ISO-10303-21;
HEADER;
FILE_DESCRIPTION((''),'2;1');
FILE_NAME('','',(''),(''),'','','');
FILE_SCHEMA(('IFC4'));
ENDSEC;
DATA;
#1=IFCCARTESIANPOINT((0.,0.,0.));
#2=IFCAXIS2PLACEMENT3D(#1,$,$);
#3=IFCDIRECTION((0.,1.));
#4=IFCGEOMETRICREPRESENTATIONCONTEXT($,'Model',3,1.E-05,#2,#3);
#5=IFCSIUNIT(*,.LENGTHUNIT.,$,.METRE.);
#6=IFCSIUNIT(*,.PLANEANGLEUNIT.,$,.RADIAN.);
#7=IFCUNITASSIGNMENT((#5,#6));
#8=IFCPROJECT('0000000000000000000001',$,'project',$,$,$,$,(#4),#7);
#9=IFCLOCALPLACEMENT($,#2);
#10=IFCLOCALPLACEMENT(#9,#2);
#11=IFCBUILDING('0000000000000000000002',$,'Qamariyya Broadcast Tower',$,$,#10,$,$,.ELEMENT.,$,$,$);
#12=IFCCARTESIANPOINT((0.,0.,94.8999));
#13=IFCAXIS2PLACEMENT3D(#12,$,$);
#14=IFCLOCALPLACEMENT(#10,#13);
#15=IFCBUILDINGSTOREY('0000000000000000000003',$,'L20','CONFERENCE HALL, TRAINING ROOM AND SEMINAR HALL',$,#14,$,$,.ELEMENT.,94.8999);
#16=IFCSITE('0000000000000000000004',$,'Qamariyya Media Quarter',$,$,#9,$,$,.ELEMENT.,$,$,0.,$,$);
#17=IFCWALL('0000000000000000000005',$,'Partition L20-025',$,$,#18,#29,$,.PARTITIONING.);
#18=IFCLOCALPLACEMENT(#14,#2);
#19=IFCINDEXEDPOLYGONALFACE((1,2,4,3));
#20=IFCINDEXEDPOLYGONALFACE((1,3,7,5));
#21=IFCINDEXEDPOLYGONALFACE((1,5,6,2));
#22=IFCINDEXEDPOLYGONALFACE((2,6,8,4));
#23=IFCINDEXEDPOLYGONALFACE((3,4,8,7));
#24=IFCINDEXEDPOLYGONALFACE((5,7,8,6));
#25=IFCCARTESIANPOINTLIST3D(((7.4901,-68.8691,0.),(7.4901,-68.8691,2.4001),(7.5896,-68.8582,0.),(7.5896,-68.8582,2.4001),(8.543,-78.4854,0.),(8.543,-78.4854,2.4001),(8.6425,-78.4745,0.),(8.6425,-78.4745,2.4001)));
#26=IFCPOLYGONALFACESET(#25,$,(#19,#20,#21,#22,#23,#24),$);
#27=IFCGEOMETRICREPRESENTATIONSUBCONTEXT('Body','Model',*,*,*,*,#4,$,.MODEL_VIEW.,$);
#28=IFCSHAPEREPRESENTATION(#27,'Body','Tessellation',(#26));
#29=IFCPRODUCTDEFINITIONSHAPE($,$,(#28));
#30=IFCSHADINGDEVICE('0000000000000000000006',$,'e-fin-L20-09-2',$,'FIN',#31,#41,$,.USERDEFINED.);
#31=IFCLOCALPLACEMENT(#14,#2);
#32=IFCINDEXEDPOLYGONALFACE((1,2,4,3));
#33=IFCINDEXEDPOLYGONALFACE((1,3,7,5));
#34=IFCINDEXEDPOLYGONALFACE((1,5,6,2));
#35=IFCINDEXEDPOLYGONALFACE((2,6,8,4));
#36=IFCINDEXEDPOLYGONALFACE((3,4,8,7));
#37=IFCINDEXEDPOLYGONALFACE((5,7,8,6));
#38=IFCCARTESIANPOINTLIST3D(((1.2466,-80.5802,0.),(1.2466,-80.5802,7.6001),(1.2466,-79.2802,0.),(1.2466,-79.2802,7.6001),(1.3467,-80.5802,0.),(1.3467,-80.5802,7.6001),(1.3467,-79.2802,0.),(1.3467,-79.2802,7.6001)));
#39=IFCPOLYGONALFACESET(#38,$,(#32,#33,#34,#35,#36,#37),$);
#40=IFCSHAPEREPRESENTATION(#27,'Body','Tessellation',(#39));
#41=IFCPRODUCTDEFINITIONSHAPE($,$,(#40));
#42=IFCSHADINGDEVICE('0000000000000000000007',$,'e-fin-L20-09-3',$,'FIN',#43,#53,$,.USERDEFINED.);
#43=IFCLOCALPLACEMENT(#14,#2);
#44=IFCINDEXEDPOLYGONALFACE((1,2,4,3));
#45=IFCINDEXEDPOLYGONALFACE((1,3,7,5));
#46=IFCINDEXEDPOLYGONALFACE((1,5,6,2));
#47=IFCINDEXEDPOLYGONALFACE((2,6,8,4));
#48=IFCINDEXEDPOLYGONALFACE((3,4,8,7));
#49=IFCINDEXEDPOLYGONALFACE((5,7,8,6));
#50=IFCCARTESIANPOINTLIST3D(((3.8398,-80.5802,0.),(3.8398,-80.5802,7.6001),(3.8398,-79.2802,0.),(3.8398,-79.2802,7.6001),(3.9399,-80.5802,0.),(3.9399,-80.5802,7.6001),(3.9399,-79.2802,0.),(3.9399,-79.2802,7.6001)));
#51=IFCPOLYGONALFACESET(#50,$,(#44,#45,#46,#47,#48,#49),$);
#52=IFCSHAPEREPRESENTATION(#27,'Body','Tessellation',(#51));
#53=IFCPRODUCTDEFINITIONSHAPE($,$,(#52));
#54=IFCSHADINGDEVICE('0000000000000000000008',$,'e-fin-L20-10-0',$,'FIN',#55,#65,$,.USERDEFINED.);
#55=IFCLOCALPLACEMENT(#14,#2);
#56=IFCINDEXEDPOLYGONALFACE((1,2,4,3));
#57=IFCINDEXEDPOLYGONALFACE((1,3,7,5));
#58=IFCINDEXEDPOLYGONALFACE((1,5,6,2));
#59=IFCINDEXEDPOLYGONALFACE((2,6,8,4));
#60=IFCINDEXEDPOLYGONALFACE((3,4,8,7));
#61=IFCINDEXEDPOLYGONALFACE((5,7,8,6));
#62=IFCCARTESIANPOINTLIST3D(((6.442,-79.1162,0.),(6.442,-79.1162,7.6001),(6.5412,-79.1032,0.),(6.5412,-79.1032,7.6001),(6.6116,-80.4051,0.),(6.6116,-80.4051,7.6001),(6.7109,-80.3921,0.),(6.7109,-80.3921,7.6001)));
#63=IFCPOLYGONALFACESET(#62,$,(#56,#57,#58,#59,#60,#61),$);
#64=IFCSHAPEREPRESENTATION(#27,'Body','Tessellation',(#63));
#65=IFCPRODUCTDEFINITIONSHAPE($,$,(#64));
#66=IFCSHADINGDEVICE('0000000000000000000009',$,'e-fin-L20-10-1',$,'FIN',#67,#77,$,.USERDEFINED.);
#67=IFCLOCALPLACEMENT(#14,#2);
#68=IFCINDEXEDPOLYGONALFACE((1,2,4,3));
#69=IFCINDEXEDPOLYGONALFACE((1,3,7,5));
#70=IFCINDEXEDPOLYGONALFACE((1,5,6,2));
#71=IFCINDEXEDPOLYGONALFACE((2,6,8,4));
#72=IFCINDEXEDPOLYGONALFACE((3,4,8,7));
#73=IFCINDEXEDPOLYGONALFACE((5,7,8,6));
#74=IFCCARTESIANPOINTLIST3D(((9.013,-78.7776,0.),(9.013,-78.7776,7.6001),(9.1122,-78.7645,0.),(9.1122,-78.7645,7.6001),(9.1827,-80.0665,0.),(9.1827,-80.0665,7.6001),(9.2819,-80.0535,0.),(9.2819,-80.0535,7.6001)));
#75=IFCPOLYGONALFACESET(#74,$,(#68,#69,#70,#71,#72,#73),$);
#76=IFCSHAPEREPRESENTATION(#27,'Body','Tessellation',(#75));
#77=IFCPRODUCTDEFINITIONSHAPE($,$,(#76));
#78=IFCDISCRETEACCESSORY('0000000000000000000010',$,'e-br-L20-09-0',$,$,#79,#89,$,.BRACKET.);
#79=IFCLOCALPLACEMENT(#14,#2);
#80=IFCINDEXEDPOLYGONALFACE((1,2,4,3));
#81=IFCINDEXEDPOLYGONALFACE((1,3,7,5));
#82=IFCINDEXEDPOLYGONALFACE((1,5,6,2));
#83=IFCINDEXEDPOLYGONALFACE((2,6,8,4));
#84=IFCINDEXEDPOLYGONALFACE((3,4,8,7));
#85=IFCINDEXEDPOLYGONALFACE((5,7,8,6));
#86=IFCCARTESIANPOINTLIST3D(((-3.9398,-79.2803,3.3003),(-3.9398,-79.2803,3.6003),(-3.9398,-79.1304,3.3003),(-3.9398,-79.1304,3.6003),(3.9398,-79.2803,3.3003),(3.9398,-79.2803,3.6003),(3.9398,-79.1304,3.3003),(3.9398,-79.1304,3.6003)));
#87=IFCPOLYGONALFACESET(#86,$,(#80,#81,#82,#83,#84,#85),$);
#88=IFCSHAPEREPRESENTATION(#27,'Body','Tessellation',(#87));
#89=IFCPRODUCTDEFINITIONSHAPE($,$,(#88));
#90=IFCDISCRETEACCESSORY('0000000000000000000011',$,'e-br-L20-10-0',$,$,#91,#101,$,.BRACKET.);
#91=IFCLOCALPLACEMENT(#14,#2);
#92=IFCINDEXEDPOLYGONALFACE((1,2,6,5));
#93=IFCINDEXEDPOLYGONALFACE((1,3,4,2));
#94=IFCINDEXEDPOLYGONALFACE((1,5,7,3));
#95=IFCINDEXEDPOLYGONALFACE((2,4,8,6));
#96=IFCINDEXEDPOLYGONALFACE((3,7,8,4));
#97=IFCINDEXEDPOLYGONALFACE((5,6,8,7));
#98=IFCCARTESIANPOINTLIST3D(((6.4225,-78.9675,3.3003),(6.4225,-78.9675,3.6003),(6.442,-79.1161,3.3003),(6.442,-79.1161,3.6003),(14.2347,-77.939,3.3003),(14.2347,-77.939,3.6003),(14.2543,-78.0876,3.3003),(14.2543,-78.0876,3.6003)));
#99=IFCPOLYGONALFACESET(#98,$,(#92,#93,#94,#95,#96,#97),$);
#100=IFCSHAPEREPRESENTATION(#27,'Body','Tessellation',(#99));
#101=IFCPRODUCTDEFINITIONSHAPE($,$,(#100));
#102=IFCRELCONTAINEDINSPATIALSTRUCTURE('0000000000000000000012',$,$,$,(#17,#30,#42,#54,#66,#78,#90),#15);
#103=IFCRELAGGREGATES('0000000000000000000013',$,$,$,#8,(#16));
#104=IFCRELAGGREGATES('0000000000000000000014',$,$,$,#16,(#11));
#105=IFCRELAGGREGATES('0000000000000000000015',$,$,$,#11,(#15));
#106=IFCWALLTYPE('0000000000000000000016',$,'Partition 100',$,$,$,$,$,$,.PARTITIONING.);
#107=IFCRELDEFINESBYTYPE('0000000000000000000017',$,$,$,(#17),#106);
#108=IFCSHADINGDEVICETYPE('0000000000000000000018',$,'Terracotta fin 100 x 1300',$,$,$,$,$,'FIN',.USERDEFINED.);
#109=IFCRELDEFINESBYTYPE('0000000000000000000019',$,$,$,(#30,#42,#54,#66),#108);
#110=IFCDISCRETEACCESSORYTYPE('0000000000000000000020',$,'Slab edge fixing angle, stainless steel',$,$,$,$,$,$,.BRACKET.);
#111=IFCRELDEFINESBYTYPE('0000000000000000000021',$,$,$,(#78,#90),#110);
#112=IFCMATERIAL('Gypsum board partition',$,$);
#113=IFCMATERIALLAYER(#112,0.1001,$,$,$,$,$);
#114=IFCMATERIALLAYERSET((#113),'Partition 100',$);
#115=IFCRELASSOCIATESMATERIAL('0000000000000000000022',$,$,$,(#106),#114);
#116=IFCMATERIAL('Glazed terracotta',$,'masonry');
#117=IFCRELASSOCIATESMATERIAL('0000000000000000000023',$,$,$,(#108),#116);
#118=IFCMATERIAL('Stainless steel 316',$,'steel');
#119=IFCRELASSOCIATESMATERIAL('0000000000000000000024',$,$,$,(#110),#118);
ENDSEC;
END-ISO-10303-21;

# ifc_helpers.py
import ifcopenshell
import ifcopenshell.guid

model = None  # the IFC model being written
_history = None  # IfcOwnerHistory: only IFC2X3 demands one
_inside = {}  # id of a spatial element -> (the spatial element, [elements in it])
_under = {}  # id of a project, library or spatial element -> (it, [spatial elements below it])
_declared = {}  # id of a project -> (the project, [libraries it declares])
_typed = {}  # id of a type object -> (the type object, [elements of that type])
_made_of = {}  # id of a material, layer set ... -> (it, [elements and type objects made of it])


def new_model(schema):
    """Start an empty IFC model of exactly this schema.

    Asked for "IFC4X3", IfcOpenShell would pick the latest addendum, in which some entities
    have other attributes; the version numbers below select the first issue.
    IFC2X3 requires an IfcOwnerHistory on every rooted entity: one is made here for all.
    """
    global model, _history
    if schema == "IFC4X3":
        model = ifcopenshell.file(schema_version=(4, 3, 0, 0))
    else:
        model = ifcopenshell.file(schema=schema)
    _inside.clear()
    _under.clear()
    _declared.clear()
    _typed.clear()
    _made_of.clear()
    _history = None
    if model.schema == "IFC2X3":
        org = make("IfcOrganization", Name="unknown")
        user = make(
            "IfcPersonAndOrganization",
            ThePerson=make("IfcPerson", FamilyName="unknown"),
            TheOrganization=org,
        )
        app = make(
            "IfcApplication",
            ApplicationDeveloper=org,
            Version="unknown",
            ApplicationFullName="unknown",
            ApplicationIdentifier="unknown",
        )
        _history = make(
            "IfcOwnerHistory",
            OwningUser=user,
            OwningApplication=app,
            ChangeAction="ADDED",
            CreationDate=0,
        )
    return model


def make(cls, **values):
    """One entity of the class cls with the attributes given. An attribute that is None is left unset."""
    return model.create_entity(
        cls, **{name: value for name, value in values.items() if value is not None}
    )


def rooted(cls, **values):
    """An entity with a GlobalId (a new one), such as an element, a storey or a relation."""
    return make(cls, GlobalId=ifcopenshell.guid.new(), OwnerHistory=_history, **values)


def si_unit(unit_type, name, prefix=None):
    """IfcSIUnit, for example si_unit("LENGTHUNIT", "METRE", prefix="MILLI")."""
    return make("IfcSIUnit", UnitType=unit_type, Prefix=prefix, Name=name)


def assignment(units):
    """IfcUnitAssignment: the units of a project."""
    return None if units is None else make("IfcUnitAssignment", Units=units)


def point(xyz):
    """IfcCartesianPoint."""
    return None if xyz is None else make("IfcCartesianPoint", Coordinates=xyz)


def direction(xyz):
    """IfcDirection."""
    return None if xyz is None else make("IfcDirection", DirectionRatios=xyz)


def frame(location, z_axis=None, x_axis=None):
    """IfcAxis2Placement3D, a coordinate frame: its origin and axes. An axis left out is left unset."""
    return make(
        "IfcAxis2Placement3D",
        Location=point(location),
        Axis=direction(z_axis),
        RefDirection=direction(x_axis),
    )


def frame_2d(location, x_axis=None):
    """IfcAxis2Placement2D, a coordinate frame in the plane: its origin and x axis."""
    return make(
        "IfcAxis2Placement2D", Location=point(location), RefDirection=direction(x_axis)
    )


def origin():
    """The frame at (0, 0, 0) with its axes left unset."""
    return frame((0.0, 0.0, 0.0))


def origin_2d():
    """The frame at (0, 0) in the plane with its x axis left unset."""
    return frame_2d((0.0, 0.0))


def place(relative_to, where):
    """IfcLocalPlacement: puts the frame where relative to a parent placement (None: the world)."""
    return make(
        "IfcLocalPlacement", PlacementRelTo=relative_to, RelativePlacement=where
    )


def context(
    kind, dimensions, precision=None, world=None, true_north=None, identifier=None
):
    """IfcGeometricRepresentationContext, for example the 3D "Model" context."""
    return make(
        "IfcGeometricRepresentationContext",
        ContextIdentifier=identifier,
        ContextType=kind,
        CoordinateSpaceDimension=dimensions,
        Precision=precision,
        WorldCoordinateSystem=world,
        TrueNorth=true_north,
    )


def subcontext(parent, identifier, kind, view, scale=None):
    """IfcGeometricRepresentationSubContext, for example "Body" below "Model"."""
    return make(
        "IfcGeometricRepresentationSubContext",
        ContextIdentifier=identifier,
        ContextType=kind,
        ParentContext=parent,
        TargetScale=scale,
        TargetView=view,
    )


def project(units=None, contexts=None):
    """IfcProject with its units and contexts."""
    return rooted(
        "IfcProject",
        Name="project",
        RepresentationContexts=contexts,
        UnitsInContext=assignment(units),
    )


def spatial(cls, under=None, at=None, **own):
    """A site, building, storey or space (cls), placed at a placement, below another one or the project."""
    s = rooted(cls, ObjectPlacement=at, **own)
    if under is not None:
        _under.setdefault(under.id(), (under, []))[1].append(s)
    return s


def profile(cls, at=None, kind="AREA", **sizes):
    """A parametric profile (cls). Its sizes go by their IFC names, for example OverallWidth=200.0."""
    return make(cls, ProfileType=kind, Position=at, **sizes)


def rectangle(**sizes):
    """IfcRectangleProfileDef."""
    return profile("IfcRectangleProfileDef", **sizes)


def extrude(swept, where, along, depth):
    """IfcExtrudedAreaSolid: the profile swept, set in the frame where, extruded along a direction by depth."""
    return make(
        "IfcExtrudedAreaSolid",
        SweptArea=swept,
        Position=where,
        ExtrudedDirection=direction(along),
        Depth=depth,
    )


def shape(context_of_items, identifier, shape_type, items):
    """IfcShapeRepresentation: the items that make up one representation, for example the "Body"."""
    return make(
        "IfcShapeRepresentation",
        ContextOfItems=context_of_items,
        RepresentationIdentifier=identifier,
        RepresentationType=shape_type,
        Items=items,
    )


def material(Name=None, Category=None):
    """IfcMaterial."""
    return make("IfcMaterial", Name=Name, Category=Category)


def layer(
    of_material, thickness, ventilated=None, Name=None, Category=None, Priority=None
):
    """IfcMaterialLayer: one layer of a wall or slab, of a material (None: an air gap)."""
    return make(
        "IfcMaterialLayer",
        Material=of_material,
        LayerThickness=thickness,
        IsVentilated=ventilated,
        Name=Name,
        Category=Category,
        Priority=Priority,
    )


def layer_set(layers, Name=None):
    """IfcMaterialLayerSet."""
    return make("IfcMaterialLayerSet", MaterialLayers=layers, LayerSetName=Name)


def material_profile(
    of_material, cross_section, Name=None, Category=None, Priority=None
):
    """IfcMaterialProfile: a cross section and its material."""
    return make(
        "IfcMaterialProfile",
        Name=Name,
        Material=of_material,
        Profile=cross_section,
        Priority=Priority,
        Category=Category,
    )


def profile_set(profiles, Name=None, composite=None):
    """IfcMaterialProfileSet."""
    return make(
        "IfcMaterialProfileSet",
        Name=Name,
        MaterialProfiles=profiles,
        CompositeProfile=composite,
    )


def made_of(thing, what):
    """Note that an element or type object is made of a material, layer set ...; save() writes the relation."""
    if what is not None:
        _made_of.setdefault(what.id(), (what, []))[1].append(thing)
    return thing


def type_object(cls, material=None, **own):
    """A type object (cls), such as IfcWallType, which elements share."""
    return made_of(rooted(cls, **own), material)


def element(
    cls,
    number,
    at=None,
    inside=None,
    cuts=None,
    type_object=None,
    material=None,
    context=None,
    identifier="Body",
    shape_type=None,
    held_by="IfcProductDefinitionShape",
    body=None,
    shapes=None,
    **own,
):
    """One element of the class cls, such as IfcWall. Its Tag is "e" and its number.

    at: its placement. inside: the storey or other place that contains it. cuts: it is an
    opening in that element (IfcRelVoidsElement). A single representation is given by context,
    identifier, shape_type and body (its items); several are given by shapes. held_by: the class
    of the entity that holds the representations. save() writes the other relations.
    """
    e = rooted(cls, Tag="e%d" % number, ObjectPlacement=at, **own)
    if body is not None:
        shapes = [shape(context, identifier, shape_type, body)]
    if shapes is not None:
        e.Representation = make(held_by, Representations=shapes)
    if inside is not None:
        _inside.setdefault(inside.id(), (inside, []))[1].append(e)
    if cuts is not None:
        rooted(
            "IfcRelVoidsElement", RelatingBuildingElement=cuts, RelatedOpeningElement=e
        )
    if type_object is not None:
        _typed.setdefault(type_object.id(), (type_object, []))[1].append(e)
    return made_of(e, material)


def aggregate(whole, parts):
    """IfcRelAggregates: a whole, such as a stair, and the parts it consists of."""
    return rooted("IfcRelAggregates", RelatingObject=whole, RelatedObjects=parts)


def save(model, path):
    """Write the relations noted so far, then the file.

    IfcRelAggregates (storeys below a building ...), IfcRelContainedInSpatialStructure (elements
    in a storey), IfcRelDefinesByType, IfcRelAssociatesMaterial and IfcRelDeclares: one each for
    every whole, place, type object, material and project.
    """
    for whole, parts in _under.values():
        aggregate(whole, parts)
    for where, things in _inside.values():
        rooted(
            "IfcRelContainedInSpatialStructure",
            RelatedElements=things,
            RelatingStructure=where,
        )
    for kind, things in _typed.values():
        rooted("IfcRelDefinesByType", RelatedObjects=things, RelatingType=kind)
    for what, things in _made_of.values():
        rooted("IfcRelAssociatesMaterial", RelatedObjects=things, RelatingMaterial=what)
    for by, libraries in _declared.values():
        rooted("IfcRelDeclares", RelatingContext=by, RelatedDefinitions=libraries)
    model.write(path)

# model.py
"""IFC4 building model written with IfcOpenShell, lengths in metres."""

from ifc_helpers import new_model, si_unit, direction, frame, frame_2d, origin, origin_2d, place, context, subcontext, project, spatial, rectangle, extrude, material, layer, layer_set, material_profile, profile_set, type_object, element, save


model = new_model("IFC4")

# Units and contexts
model_context = context("Model", 3, precision=1e-05, world=origin(), true_north=direction((0.0, 1.0)))
body_context = subcontext(model_context, "Body", "Model", "MODEL_VIEW")
ifc_project = project(units=[si_unit("LENGTHUNIT", "METRE"), si_unit("PLANEANGLEUNIT", "RADIAN")], contexts=[model_context])

# Site, building, storey
site_placement = place(None, origin())
site = spatial("IfcSite", under=ifc_project, at=site_placement, Name="Qamariyya Media Quarter", CompositionType="ELEMENT", RefElevation=0.0)
building_placement = place(site_placement, origin())
building = spatial("IfcBuilding", under=site, at=building_placement, Name="Qamariyya Broadcast Tower", CompositionType="ELEMENT")
storey_placement = place(building_placement, frame((0.0, 0.0, 94.8999)))
storey = spatial("IfcBuildingStorey", under=building, at=storey_placement, Name="L20", Description="CONFERENCE HALL, TRAINING ROOM AND SEMINAR HALL", CompositionType="ELEMENT", Elevation=94.8999)

# Shared definitions
ifc_material_1 = material(Name="Gypsum board partition")

# Wall
ifc_layer_1 = layer(ifc_material_1, 0.1001)
ifc_layer_set_1 = layer_set([ifc_layer_1], Name="Partition 100")
wall_type_1 = type_object("IfcWallType", Name="Partition 100", PredefinedType="PARTITIONING", material=ifc_layer_set_1)
for number, where, z_axis, x_axis, name in (
    (1, (8.5928, -78.48, 0.0), (0.0, 0.0, 1.0), (-0.108847, 0.994059, 0.0), "Partition L20-025"),
):
    element("IfcWall", number, at=place(storey_placement, frame(where, z_axis=z_axis, x_axis=x_axis)), inside=storey, type_object=wall_type_1, Name=name, PredefinedType="PARTITIONING", context=body_context, shape_type="SweptSolid", body=[
        extrude(rectangle(XDim=9.6738, YDim=0.1001, at=frame_2d((4.8369, 0.0))), origin(), (0.0, 0.0, 1.0), 2.4001),
    ])

# Shading devices
ifc_material_2 = material(Name="Glazed terracotta", Category="masonry")
ifc_material_profile_1 = material_profile(ifc_material_2, rectangle(XDim=1.3, YDim=0.1001, at=origin_2d()))
ifc_profile_set_1 = profile_set([ifc_material_profile_1], Name="Glazed terracotta")
shading_device_type_1 = type_object("IfcShadingDeviceType", Name="Terracotta fin 100 x 1300", ElementType="FIN", PredefinedType="USERDEFINED", material=ifc_profile_set_1)
for number, where, z_axis, x_axis, name in (
    (2, (1.2966, -79.9302, 0.0), (0.0, 0.0, 1.0), (0.0, -1.0, 0.0), "e-fin-L20-09-2"),
    (3, (3.8899, -79.9302, 0.0), (0.0, 0.0, 1.0), (0.0, -1.0, 0.0), "e-fin-L20-09-3"),
    (4, (6.5764, -79.7542, 0.0), (0.0, 0.0, 1.0), (0.130526, -0.991445, 0.0), "e-fin-L20-10-0"),
    (5, (9.1475, -79.4155, 0.0), (0.0, 0.0, 1.0), (0.130526, -0.991445, 0.0), "e-fin-L20-10-1"),
):
    element("IfcShadingDevice", number, at=place(storey_placement, frame(where, z_axis=z_axis, x_axis=x_axis)), inside=storey, type_object=shading_device_type_1, Name=name, ObjectType="FIN", PredefinedType="USERDEFINED", context=body_context, shape_type="SweptSolid", body=[
        extrude(rectangle(XDim=1.3, YDim=0.1001, at=origin_2d()), origin(), (0.0, 0.0, 1.0), 7.6001),
    ])

# Discrete accessories
ifc_material_3 = material(Name="Stainless steel 316", Category="steel")
discrete_accessory_type = type_object("IfcDiscreteAccessoryType", Name="Slab edge fixing angle, stainless steel", PredefinedType="BRACKET", material=ifc_material_3)
for number, where, z_axis, x_axis, name in (
    (6, (0.0, -79.2053, 3.3003), (0.0, 0.0, 1.0), (1.0, 0.0, 0.0), "e-br-L20-09-0"),
    (7, (10.3384, -78.5276, 3.3003), (0.0, 0.0, 1.0), (0.991445, 0.130526, 0.0), "e-br-L20-10-0"),
):
    element("IfcDiscreteAccessory", number, at=place(storey_placement, frame(where, z_axis=z_axis, x_axis=x_axis)), inside=storey, type_object=discrete_accessory_type, Name=name, PredefinedType="BRACKET", context=body_context, shape_type="SweptSolid", body=[
        extrude(rectangle(XDim=7.8796, YDim=0.1499, at=origin_2d()), origin(), (0.0, 0.0, 1.0), 0.3),
    ])

save(model, "model.ifc")
